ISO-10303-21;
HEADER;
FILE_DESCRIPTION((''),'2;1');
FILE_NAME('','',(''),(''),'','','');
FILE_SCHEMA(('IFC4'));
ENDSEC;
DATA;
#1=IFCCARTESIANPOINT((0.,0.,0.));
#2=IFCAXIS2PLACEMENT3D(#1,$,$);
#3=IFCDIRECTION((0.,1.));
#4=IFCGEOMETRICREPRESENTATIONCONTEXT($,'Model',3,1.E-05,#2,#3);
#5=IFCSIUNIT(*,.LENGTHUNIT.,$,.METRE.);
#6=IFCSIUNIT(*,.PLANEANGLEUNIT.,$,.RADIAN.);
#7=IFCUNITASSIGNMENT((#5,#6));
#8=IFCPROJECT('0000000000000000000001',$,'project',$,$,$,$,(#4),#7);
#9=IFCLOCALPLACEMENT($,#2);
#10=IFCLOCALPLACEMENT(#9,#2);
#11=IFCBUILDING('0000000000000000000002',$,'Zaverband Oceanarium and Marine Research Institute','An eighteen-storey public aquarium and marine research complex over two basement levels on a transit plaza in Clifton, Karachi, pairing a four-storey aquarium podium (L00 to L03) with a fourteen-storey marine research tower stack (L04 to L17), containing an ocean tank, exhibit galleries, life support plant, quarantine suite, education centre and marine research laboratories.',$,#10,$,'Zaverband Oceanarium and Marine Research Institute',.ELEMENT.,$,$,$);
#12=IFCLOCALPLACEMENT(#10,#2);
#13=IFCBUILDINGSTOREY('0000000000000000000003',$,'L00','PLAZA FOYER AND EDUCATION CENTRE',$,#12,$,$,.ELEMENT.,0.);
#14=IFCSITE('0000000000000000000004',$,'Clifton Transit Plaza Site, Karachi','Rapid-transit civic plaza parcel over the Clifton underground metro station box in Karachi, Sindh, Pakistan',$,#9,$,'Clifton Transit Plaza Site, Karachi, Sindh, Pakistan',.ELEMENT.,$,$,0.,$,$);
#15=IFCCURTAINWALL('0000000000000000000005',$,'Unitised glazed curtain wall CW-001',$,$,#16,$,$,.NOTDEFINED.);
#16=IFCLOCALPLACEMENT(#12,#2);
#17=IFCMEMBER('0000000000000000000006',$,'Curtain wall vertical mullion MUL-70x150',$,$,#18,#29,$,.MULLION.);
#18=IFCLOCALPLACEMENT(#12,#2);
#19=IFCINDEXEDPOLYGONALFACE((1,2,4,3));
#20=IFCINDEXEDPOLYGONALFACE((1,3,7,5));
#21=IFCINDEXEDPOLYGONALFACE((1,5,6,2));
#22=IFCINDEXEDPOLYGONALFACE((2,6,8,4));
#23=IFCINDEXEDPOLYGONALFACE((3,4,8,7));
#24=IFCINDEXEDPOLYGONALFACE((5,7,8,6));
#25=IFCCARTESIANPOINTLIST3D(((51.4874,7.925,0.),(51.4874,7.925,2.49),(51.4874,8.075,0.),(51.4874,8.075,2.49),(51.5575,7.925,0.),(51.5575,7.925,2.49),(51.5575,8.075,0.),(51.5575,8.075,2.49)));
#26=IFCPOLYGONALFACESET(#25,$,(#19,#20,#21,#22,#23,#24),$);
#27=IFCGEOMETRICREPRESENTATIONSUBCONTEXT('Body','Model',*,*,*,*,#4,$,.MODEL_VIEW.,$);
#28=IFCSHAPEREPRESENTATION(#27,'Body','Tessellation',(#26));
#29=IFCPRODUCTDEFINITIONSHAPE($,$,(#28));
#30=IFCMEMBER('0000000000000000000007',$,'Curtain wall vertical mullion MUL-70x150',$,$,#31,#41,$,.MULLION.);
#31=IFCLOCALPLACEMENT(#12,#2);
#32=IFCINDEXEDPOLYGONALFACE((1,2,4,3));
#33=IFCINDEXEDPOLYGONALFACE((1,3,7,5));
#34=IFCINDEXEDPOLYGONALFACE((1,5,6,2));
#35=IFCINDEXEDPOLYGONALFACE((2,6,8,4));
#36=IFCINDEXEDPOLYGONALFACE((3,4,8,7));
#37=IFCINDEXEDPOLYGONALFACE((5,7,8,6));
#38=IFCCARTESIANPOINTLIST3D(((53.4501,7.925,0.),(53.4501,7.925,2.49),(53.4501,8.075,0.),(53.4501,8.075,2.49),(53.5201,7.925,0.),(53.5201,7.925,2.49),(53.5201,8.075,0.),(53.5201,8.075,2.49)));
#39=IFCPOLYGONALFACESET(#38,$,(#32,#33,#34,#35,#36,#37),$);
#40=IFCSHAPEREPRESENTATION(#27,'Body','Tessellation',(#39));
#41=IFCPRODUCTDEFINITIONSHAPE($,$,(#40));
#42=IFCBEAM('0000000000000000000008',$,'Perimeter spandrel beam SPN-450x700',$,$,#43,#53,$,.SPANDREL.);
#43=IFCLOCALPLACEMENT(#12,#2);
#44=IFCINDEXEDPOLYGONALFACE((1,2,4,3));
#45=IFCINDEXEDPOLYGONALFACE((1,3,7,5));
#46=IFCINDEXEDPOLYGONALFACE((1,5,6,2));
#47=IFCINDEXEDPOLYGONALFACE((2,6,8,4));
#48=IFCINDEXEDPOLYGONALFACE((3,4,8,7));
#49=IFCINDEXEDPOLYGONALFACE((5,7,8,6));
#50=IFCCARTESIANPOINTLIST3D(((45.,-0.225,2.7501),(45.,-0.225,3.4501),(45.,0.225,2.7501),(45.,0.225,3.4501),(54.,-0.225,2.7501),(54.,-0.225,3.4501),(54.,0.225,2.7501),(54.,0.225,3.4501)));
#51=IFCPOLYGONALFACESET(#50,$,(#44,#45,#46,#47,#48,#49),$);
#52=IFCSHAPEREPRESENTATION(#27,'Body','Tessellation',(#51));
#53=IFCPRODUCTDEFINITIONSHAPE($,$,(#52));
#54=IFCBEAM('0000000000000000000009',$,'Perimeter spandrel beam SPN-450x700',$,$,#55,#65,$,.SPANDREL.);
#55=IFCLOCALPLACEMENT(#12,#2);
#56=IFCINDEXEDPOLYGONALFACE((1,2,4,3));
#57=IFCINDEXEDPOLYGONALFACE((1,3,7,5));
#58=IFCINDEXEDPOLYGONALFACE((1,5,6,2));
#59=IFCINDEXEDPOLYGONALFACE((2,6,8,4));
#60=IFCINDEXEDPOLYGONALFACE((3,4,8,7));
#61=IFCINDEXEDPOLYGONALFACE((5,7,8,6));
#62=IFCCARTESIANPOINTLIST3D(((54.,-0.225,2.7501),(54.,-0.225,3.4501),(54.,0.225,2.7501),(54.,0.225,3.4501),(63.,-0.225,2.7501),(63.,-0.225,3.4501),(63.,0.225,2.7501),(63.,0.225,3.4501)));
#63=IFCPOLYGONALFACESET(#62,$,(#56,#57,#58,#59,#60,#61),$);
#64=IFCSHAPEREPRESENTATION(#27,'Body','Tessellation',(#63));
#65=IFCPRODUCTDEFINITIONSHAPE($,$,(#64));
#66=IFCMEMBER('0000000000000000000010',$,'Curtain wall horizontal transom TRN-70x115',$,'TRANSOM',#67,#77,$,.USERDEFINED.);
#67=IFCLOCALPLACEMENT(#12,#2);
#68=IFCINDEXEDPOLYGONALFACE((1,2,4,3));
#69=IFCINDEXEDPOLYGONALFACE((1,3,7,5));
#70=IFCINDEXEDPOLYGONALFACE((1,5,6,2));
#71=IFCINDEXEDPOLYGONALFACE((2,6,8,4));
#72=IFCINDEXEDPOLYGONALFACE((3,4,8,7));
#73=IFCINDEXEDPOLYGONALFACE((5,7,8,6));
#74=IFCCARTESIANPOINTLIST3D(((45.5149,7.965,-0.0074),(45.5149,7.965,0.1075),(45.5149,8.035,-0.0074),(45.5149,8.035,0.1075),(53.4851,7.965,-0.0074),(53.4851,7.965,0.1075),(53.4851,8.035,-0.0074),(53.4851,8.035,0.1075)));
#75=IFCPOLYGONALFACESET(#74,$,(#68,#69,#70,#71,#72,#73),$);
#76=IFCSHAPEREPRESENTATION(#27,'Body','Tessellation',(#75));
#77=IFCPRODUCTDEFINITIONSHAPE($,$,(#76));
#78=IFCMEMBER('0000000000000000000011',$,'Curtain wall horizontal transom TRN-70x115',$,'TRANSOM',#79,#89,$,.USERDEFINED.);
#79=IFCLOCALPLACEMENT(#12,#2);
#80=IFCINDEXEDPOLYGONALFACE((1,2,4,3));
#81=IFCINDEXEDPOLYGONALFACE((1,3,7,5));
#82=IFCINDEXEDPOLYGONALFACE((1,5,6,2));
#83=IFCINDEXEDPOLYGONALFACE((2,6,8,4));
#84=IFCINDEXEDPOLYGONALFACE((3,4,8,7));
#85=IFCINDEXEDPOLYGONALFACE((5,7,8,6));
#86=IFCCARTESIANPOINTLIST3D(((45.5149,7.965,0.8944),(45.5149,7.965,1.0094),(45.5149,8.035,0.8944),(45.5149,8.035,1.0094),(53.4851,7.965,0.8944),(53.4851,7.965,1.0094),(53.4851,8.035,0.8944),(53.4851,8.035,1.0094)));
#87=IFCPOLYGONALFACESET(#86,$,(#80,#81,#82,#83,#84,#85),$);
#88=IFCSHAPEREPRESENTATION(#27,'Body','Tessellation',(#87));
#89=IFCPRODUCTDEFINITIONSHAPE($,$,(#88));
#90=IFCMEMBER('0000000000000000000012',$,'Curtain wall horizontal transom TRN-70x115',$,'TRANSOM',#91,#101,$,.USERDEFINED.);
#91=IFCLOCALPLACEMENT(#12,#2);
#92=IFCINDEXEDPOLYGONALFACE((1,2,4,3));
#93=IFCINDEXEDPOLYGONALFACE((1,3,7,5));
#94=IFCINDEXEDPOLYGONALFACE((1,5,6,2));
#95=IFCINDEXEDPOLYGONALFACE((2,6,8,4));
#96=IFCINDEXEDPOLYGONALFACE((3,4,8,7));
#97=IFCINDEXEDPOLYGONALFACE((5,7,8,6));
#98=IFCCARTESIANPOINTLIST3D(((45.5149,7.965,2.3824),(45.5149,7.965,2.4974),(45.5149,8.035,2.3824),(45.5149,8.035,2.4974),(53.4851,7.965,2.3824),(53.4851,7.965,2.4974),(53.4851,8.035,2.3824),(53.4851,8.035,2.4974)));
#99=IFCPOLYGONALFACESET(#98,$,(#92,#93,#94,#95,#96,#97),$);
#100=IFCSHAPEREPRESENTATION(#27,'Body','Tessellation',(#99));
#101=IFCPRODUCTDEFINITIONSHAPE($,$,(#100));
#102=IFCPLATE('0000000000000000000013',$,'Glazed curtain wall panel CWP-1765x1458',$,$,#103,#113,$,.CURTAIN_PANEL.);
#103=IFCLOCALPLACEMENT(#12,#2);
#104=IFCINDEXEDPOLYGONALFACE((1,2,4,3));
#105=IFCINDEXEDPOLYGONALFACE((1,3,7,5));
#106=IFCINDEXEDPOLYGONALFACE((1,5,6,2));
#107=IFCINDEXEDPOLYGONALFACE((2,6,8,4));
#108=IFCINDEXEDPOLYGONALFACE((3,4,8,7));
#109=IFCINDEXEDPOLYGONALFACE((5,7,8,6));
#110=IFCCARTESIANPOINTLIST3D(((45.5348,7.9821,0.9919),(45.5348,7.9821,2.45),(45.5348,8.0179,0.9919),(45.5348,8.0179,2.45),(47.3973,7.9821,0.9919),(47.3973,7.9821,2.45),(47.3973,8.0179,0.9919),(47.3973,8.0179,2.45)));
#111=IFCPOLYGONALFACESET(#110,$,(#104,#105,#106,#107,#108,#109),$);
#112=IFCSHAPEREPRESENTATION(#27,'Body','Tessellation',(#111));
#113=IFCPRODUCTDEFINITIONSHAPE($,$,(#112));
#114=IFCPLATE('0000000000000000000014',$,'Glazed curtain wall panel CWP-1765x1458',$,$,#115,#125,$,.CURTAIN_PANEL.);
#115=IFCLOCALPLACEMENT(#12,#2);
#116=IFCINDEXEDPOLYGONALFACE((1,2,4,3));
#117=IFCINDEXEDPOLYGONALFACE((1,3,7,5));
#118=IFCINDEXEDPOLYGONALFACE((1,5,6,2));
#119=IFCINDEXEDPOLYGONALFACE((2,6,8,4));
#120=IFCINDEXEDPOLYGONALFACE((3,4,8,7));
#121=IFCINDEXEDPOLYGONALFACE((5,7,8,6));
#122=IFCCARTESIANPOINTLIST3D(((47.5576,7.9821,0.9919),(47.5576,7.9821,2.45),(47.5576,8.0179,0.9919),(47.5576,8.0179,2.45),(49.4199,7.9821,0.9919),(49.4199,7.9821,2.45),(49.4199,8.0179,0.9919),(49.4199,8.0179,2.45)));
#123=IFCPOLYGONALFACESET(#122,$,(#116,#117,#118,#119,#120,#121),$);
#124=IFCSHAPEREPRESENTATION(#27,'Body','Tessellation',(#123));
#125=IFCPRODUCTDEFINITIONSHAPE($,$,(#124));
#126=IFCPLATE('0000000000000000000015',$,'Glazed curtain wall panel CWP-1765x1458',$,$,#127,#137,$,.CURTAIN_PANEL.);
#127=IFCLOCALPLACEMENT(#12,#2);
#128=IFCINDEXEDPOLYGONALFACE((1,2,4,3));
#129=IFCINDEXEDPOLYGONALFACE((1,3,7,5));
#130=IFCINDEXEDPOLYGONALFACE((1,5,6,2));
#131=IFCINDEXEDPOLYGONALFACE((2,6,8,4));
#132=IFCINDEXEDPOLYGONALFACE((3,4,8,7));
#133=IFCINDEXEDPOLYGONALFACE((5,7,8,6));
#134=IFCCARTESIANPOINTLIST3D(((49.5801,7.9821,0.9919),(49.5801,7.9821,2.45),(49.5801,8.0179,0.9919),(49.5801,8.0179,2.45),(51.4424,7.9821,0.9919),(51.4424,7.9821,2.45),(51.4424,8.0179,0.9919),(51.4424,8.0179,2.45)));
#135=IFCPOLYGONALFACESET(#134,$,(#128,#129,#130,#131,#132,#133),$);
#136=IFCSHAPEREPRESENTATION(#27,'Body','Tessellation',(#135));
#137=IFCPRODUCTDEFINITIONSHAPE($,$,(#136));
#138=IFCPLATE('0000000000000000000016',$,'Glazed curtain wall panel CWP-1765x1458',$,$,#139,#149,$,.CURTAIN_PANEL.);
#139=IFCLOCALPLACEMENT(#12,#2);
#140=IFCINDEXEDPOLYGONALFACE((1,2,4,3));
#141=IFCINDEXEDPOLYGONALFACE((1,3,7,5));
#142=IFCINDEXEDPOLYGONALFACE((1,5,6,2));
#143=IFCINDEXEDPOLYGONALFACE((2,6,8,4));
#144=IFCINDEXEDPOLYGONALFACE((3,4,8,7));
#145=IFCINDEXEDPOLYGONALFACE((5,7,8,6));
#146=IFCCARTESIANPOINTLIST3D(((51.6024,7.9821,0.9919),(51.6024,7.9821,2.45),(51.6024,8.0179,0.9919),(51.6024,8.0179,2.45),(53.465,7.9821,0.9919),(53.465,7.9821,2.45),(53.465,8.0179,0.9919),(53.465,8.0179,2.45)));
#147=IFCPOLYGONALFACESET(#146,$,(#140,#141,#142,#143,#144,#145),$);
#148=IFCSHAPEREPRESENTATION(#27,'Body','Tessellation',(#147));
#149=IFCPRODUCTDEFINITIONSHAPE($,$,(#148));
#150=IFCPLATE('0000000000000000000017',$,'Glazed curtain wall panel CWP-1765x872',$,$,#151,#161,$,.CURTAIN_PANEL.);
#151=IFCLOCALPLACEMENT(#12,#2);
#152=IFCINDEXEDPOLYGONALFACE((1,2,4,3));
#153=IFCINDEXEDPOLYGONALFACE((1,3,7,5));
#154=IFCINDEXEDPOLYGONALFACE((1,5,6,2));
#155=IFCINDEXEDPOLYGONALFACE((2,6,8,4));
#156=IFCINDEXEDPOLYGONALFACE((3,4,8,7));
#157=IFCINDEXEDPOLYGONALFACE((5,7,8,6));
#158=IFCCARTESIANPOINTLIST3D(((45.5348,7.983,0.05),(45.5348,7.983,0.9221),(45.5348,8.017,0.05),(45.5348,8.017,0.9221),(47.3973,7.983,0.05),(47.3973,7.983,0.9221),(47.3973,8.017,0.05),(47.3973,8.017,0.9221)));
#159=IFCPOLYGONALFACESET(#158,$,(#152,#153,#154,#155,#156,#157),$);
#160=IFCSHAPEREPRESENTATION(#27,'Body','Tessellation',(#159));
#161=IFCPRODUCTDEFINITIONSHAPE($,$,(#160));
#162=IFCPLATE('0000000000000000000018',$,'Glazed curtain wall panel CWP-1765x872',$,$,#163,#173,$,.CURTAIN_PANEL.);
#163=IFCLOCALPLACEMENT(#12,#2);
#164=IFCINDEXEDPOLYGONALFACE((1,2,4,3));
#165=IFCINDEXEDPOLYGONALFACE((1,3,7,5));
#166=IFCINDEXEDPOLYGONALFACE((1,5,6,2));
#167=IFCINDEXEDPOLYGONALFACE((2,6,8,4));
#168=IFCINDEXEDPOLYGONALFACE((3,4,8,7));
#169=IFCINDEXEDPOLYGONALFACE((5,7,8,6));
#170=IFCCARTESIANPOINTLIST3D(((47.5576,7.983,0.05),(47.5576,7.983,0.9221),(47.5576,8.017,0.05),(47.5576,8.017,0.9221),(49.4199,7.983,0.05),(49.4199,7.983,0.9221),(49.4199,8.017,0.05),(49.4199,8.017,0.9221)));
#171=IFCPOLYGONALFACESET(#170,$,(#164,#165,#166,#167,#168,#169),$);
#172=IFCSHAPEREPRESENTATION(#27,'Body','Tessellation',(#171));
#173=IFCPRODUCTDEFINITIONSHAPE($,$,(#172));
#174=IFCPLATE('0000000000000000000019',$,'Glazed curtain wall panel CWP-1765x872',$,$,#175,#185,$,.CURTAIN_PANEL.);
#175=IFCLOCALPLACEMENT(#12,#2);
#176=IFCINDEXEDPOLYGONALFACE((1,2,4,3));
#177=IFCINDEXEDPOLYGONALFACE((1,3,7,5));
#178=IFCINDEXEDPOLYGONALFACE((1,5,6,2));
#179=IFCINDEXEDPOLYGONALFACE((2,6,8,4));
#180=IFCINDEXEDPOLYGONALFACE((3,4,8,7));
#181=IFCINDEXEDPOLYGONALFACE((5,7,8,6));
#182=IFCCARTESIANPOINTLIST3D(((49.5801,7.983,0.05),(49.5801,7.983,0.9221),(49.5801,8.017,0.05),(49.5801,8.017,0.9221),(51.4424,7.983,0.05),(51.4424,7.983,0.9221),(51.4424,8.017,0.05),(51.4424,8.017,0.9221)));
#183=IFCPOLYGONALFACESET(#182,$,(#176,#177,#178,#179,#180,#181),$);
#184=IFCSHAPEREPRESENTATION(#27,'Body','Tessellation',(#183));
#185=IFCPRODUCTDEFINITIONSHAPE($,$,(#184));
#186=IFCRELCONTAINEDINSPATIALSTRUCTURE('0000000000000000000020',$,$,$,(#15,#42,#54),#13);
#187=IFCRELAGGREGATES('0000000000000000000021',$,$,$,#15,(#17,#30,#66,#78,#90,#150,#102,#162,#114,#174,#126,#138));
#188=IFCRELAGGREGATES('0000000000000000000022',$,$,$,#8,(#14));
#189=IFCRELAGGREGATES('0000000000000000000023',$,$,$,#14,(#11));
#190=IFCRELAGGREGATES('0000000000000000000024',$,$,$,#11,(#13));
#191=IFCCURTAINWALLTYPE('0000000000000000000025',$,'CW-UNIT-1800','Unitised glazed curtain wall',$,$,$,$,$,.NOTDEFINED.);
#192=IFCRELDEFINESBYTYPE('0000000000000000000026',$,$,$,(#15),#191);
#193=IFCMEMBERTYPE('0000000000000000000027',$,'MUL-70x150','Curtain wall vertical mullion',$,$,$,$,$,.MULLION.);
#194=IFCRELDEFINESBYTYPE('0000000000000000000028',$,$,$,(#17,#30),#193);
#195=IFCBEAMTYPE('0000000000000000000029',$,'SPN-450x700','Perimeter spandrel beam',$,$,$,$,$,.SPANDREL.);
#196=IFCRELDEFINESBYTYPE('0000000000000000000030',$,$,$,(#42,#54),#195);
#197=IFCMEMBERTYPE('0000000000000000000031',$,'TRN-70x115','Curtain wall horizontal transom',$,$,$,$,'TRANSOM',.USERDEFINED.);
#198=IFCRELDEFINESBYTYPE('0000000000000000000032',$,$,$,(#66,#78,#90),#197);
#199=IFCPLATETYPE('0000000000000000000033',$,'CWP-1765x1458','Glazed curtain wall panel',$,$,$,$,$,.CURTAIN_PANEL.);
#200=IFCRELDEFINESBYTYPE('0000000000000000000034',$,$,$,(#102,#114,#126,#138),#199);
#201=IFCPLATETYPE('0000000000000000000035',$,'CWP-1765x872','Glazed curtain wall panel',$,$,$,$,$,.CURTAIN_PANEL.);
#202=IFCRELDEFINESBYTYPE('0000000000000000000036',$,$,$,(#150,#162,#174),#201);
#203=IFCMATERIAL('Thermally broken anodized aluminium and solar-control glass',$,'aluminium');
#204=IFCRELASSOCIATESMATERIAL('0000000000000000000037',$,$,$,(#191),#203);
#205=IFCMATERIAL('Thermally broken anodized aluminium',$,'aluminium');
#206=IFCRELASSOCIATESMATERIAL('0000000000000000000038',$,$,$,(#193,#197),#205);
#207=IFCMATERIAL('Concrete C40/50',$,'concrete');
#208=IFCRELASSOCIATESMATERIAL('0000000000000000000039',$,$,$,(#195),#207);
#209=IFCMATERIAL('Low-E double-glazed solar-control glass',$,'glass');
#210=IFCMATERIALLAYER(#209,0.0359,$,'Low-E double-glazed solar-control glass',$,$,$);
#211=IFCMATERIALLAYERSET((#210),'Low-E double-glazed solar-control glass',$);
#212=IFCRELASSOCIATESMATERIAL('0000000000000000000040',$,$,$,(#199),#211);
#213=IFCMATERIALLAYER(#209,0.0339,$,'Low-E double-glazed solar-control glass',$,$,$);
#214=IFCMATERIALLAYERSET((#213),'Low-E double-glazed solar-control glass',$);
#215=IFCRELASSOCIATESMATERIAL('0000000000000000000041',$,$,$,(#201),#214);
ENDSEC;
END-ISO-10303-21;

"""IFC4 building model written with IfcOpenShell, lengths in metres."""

from ifc_helpers import new_model, si_unit, direction, frame, frame_2d, origin, origin_2d, place, context, subcontext, project, spatial, rectangle, extrude, material, layer, layer_set, material_profile, profile_set, type_object, element, aggregate, save


model = new_model("IFC4")

# Units and contexts
model_context = context("Model", 3, precision=1e-05, world=origin(), true_north=direction((0.0, 1.0)))
body_context = subcontext(model_context, "Body", "Model", "MODEL_VIEW")
ifc_project = project(units=[si_unit("LENGTHUNIT", "METRE"), si_unit("PLANEANGLEUNIT", "RADIAN")], contexts=[model_context])

# Site, building, storey
site_placement = place(None, origin())
site = spatial("IfcSite", under=ifc_project, at=site_placement, Name="Clifton Transit Plaza Site, Karachi", Description="Rapid-transit civic plaza parcel over the Clifton underground metro station box in Karachi, Sindh, Pakistan", LongName="Clifton Transit Plaza Site, Karachi, Sindh, Pakistan", CompositionType="ELEMENT", RefElevation=0.0)
building_placement = place(site_placement, origin())
building = spatial("IfcBuilding", under=site, at=building_placement, Name="Zaverband Oceanarium and Marine Research Institute", Description="An eighteen-storey public aquarium and marine research complex over two basement levels on a transit plaza in Clifton, Karachi, pairing a four-storey aquarium podium (L00 to L03) with a fourteen-storey marine research tower stack (L04 to L17), containing an ocean tank, exhibit galleries, life support plant, quarantine suite, education centre and marine research laboratories.", LongName="Zaverband Oceanarium and Marine Research Institute", CompositionType="ELEMENT")
storey_placement = place(building_placement, origin())
storey = spatial("IfcBuildingStorey", under=building, at=storey_placement, Name="L00", Description="PLAZA FOYER AND EDUCATION CENTRE", CompositionType="ELEMENT", Elevation=0.0)

# Shared definitions
ifc_material_1 = material(Name="Concrete C40/50", Category="concrete")

# Curtain wall, members
ifc_material_2 = material(Name="Thermally broken anodized aluminium and solar-control glass", Category="aluminium")
curtain_wall_type = type_object("IfcCurtainWallType", Name="CW-UNIT-1800", Description="Unitised glazed curtain wall", PredefinedType="NOTDEFINED", material=ifc_material_2)
curtain_wall_placement = place(storey_placement, origin())
curtain_wall = element("IfcCurtainWall", 1, at=curtain_wall_placement, inside=storey, type_object=curtain_wall_type, Name="Unitised glazed curtain wall CW-001", PredefinedType="NOTDEFINED")
ifc_material_3 = material(Name="Thermally broken anodized aluminium", Category="aluminium")
ifc_material_profile_1 = material_profile(ifc_material_3, rectangle(XDim=0.0701, YDim=0.1499, at=origin_2d()), Name="AL-MUL-70x150")
ifc_profile_set_1 = profile_set([ifc_material_profile_1], Name="Thermally broken anodized aluminium")
member_type_1 = type_object("IfcMemberType", Name="MUL-70x150", Description="Curtain wall vertical mullion", PredefinedType="MULLION", material=ifc_profile_set_1)
member_1_placement = place(storey_placement, frame((51.5225, 8.0, 0.0), z_axis=(0.0, 0.0, 1.0), x_axis=(1.0, 0.0, 0.0)))
member_1 = element("IfcMember", 2, at=member_1_placement, type_object=member_type_1, Name="Curtain wall vertical mullion MUL-70x150", PredefinedType="MULLION", context=body_context, shape_type="SweptSolid", body=[
    extrude(rectangle(XDim=0.0701, YDim=0.1499, at=origin_2d()), origin(), (0.0, 0.0, 1.0), 2.49),
])
member_2_placement = place(storey_placement, frame((53.4851, 8.0, 0.0), z_axis=(0.0, 0.0, 1.0), x_axis=(1.0, 0.0, 0.0)))
member_2 = element("IfcMember", 3, at=member_2_placement, type_object=member_type_1, Name="Curtain wall vertical mullion MUL-70x150", PredefinedType="MULLION", context=body_context, shape_type="SweptSolid", body=[
    extrude(rectangle(XDim=0.0701, YDim=0.1499, at=origin_2d()), origin(), (0.0, 0.0, 1.0), 2.49),
])

# Beams
ifc_material_profile_2 = material_profile(ifc_material_1, rectangle(XDim=0.45, YDim=0.7, at=origin_2d()), Name="RC450x700")
ifc_profile_set_2 = profile_set([ifc_material_profile_2], Name="Concrete C40/50")
beam_type_1 = type_object("IfcBeamType", Name="SPN-450x700", Description="Perimeter spandrel beam", PredefinedType="SPANDREL", material=ifc_profile_set_2)
for number, where, z_axis, x_axis, name in (
    (4, (45.0, 0.0, 3.1001), (1.0, 0.0, 0.0), (0.0, 1.0, 0.0), "Perimeter spandrel beam SPN-450x700"),
    (5, (54.0, 0.0, 3.1001), (1.0, 0.0, 0.0), (0.0, 1.0, 0.0), "Perimeter spandrel beam SPN-450x700"),
):
    element("IfcBeam", number, at=place(storey_placement, frame(where, z_axis=z_axis, x_axis=x_axis)), inside=storey, type_object=beam_type_1, Name=name, PredefinedType="SPANDREL", context=body_context, shape_type="SweptSolid", body=[
        extrude(rectangle(XDim=0.45, YDim=0.7, at=origin_2d()), origin(), (0.0, 0.0, 1.0), 9.0),
    ])

# Members
ifc_material_profile_3 = material_profile(ifc_material_3, rectangle(XDim=0.0701, YDim=0.115, at=origin_2d()), Name="AL-TRN-70x115")
ifc_profile_set_3 = profile_set([ifc_material_profile_3], Name="Thermally broken anodized aluminium")
member_type_2 = type_object("IfcMemberType", Name="TRN-70x115", Description="Curtain wall horizontal transom", ElementType="TRANSOM", PredefinedType="USERDEFINED", material=ifc_profile_set_3)
member_3_placement = place(storey_placement, frame((45.5149, 8.0, 0.05), z_axis=(1.0, 0.0, 0.0), x_axis=(0.0, 1.0, 0.0)))
member_3 = element("IfcMember", 6, at=member_3_placement, type_object=member_type_2, Name="Curtain wall horizontal transom TRN-70x115", ObjectType="TRANSOM", PredefinedType="USERDEFINED", context=body_context, shape_type="SweptSolid", body=[
    extrude(rectangle(XDim=0.0701, YDim=0.115, at=origin_2d()), origin(), (0.0, 0.0, 1.0), 7.9702),
])
member_4_placement = place(storey_placement, frame((45.5149, 8.0, 0.9519), z_axis=(1.0, 0.0, 0.0), x_axis=(0.0, 1.0, 0.0)))
member_4 = element("IfcMember", 7, at=member_4_placement, type_object=member_type_2, Name="Curtain wall horizontal transom TRN-70x115", ObjectType="TRANSOM", PredefinedType="USERDEFINED", context=body_context, shape_type="SweptSolid", body=[
    extrude(rectangle(XDim=0.0701, YDim=0.115, at=origin_2d()), origin(), (0.0, 0.0, 1.0), 7.9702),
])
member_5_placement = place(storey_placement, frame((45.5149, 8.0, 2.4399), z_axis=(1.0, 0.0, 0.0), x_axis=(0.0, 1.0, 0.0)))
member_5 = element("IfcMember", 8, at=member_5_placement, type_object=member_type_2, Name="Curtain wall horizontal transom TRN-70x115", ObjectType="TRANSOM", PredefinedType="USERDEFINED", context=body_context, shape_type="SweptSolid", body=[
    extrude(rectangle(XDim=0.0701, YDim=0.115, at=origin_2d()), origin(), (0.0, 0.0, 1.0), 7.9702),
])

# Plates
ifc_material_4 = material(Name="Low-E double-glazed solar-control glass", Category="glass")
ifc_layer_1 = layer(ifc_material_4, 0.0359, Name="Low-E double-glazed solar-control glass")
ifc_layer_set_1 = layer_set([ifc_layer_1], Name="Low-E double-glazed solar-control glass")
plate_type_1 = type_object("IfcPlateType", Name="CWP-1765x1458", Description="Glazed curtain wall panel", PredefinedType="CURTAIN_PANEL", material=ifc_layer_set_1)
plate_1_placement = place(storey_placement, frame((45.5349, 8.0, 0.9919), z_axis=(0.0, 0.0, 1.0), x_axis=(1.0, 0.0, 0.0)))
plate_1 = element("IfcPlate", 9, at=plate_1_placement, type_object=plate_type_1, Name="Glazed curtain wall panel CWP-1765x1458", PredefinedType="CURTAIN_PANEL", context=body_context, shape_type="SweptSolid", body=[
    extrude(rectangle(XDim=1.8625, YDim=0.0359, at=frame_2d((0.9312, 0.0))), origin(), (0.0, 0.0, 1.0), 1.458),
])
plate_2_placement = place(storey_placement, frame((47.5576, 8.0, 0.9919), z_axis=(0.0, 0.0, 1.0), x_axis=(1.0, 0.0, 0.0)))
plate_2 = element("IfcPlate", 10, at=plate_2_placement, type_object=plate_type_1, Name="Glazed curtain wall panel CWP-1765x1458", PredefinedType="CURTAIN_PANEL", context=body_context, shape_type="SweptSolid", body=[
    extrude(rectangle(XDim=1.8623, YDim=0.0359, at=frame_2d((0.9312, 0.0))), origin(), (0.0, 0.0, 1.0), 1.458),
])
plate_3_placement = place(storey_placement, frame((49.5801, 8.0, 0.9919), z_axis=(0.0, 0.0, 1.0), x_axis=(1.0, 0.0, 0.0)))
plate_3 = element("IfcPlate", 11, at=plate_3_placement, type_object=plate_type_1, Name="Glazed curtain wall panel CWP-1765x1458", PredefinedType="CURTAIN_PANEL", context=body_context, shape_type="SweptSolid", body=[
    extrude(rectangle(XDim=1.8623, YDim=0.0359, at=frame_2d((0.9312, 0.0))), origin(), (0.0, 0.0, 1.0), 1.458),
])
plate_4_placement = place(storey_placement, frame((51.6025, 8.0, 0.9919), z_axis=(0.0, 0.0, 1.0), x_axis=(1.0, 0.0, 0.0)))
plate_4 = element("IfcPlate", 12, at=plate_4_placement, type_object=plate_type_1, Name="Glazed curtain wall panel CWP-1765x1458", PredefinedType="CURTAIN_PANEL", context=body_context, shape_type="SweptSolid", body=[
    extrude(rectangle(XDim=1.8625, YDim=0.0359, at=frame_2d((0.9312, 0.0))), origin(), (0.0, 0.0, 1.0), 1.458),
])
ifc_layer_2 = layer(ifc_material_4, 0.0339, Name="Low-E double-glazed solar-control glass")
ifc_layer_set_2 = layer_set([ifc_layer_2], Name="Low-E double-glazed solar-control glass")
plate_type_2 = type_object("IfcPlateType", Name="CWP-1765x872", Description="Glazed curtain wall panel", PredefinedType="CURTAIN_PANEL", material=ifc_layer_set_2)
plate_5_placement = place(storey_placement, frame((45.5349, 8.0, 0.05), z_axis=(0.0, 0.0, 1.0), x_axis=(1.0, 0.0, 0.0)))
plate_5 = element("IfcPlate", 13, at=plate_5_placement, type_object=plate_type_2, Name="Glazed curtain wall panel CWP-1765x872", PredefinedType="CURTAIN_PANEL", context=body_context, shape_type="SweptSolid", body=[
    extrude(rectangle(XDim=1.8625, YDim=0.0339, at=frame_2d((0.9312, 0.0))), origin(), (0.0, 0.0, 1.0), 0.8721),
])
plate_6_placement = place(storey_placement, frame((47.5576, 8.0, 0.05), z_axis=(0.0, 0.0, 1.0), x_axis=(1.0, 0.0, 0.0)))
plate_6 = element("IfcPlate", 14, at=plate_6_placement, type_object=plate_type_2, Name="Glazed curtain wall panel CWP-1765x872", PredefinedType="CURTAIN_PANEL", context=body_context, shape_type="SweptSolid", body=[
    extrude(rectangle(XDim=1.8623, YDim=0.0339, at=frame_2d((0.9312, 0.0))), origin(), (0.0, 0.0, 1.0), 0.8721),
])
plate_7_placement = place(storey_placement, frame((49.5801, 8.0, 0.05), z_axis=(0.0, 0.0, 1.0), x_axis=(1.0, 0.0, 0.0)))
plate_7 = element("IfcPlate", 15, at=plate_7_placement, type_object=plate_type_2, Name="Glazed curtain wall panel CWP-1765x872", PredefinedType="CURTAIN_PANEL", context=body_context, shape_type="SweptSolid", body=[
    extrude(rectangle(XDim=1.8623, YDim=0.0339, at=frame_2d((0.9312, 0.0))), origin(), (0.0, 0.0, 1.0), 0.8721),
])
aggregate(curtain_wall, [member_1, member_2, member_3, member_4, member_5, plate_5, plate_1, plate_6, plate_2, plate_7, plate_3, plate_4])

save(model, "model.ifc")
